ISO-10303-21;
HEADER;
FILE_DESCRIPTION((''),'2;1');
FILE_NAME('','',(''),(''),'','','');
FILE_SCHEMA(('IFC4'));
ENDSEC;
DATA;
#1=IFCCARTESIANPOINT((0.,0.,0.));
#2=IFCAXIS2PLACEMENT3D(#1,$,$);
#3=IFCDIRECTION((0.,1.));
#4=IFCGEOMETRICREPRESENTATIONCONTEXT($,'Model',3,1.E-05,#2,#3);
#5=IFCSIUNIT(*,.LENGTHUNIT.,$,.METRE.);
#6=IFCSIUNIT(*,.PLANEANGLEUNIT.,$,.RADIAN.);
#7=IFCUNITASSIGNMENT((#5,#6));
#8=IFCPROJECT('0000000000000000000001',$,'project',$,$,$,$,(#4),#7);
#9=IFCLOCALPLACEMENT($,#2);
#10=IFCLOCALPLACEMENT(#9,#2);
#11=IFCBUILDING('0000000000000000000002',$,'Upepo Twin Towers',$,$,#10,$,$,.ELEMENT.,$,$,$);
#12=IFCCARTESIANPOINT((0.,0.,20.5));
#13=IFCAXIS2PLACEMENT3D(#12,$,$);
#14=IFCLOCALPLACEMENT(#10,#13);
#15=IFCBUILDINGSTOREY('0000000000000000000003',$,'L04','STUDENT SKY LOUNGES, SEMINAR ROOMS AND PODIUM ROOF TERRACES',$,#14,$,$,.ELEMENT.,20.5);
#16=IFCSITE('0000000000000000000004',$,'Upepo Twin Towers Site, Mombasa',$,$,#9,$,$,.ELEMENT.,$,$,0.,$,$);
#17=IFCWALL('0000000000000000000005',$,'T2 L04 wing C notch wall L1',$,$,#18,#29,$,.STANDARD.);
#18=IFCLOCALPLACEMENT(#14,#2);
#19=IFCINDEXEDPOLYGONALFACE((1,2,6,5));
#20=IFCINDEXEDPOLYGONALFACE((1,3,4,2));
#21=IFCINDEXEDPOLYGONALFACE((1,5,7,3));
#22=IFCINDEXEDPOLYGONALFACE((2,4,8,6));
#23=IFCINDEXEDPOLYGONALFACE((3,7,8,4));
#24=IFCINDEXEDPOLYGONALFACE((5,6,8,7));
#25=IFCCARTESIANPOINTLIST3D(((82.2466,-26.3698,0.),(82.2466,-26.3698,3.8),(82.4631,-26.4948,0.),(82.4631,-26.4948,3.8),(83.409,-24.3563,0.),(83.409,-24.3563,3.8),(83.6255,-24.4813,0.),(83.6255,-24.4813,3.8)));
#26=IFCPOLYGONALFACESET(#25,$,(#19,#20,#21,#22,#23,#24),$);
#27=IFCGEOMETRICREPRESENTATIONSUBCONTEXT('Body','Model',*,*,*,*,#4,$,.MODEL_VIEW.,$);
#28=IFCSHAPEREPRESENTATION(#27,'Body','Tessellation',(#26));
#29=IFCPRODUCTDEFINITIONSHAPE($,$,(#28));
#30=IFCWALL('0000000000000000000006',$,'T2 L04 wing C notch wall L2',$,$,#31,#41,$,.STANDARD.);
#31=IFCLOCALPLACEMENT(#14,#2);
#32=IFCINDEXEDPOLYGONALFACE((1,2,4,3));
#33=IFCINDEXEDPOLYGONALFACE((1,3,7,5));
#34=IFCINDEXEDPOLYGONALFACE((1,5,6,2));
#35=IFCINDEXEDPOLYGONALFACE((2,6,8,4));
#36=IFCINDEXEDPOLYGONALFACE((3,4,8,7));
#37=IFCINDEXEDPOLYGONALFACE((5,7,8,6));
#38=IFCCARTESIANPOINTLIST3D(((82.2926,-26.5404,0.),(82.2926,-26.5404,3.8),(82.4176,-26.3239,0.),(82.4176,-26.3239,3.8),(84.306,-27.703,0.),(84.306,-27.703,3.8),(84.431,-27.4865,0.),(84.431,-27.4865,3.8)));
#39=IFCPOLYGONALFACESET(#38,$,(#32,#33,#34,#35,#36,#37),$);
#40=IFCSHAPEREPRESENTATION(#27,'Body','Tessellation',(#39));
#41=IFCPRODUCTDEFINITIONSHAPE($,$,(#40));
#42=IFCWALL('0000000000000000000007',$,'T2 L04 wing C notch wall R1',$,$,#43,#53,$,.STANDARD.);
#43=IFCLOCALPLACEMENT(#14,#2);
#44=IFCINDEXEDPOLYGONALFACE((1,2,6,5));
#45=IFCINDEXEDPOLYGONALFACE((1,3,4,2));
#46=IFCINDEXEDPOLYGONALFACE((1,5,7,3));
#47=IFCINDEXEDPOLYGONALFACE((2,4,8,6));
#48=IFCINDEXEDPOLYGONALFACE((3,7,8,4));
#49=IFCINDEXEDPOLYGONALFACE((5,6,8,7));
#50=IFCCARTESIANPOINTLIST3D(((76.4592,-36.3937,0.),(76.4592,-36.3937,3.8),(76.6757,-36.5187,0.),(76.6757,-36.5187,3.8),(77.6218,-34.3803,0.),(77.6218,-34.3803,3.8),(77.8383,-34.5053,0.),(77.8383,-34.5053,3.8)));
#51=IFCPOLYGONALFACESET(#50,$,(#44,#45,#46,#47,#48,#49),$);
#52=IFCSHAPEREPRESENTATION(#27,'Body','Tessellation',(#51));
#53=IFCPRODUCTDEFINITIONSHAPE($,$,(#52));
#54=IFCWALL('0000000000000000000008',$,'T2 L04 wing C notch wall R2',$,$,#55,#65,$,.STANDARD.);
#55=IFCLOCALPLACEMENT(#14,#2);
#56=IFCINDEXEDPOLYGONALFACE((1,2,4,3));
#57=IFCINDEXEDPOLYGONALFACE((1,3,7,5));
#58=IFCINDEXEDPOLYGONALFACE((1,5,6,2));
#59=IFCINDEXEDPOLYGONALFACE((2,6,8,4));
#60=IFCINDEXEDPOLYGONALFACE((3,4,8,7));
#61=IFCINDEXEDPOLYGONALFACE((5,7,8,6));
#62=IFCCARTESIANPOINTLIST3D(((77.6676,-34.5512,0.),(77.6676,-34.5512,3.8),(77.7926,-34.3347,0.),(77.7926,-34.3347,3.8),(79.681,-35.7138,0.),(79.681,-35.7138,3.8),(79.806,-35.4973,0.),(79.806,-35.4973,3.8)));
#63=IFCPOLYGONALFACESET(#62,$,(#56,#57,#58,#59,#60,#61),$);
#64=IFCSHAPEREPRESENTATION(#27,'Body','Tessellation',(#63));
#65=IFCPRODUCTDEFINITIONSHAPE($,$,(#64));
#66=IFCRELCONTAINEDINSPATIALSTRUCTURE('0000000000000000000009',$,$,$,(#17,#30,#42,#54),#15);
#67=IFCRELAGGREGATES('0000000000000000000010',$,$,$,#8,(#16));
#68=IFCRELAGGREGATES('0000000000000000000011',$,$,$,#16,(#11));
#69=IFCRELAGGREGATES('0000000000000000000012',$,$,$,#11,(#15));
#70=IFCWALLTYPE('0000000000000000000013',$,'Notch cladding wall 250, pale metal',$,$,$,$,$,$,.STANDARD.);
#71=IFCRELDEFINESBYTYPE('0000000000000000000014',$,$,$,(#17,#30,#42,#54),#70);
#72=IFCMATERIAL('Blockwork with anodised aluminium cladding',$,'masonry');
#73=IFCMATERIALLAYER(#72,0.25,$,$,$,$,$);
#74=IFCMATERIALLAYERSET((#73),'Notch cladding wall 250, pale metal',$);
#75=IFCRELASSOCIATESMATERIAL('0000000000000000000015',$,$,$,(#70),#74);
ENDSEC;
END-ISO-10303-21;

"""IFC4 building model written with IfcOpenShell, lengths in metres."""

from ifc_helpers import new_model, si_unit, direction, frame, frame_2d, origin, place, context, subcontext, project, spatial, rectangle, extrude, material, layer, layer_set, type_object, element, save


model = new_model("IFC4")

# Units and contexts
model_context = context("Model", 3, precision=1e-05, world=origin(), true_north=direction((0.0, 1.0)))
body_context = subcontext(model_context, "Body", "Model", "MODEL_VIEW")
ifc_project = project(units=[si_unit("LENGTHUNIT", "METRE"), si_unit("PLANEANGLEUNIT", "RADIAN")], contexts=[model_context])

# Site, building, storey
site_placement = place(None, origin())
site = spatial("IfcSite", under=ifc_project, at=site_placement, Name="Upepo Twin Towers Site, Mombasa", CompositionType="ELEMENT", RefElevation=0.0)
building_placement = place(site_placement, origin())
building = spatial("IfcBuilding", under=site, at=building_placement, Name="Upepo Twin Towers", CompositionType="ELEMENT")
storey_placement = place(building_placement, frame((0.0, 0.0, 20.5)))
storey = spatial("IfcBuildingStorey", under=building, at=storey_placement, Name="L04", Description="STUDENT SKY LOUNGES, SEMINAR ROOMS AND PODIUM ROOF TERRACES", CompositionType="ELEMENT", Elevation=20.5)

# Walls
ifc_material_1 = material(Name="Blockwork with anodised aluminium cladding", Category="masonry")
ifc_layer_1 = layer(ifc_material_1, 0.25)
ifc_layer_set_1 = layer_set([ifc_layer_1], Name="Notch cladding wall 250, pale metal")
wall_type_1 = type_object("IfcWallType", Name="Notch cladding wall 250, pale metal", PredefinedType="STANDARD", material=ifc_layer_set_1)
for number, where, z_axis, x_axis, name in (
    (1, (83.5173, -24.4187, 0.0), (0.0, 0.0, 1.0), (-0.499968, -0.866044, 0.0), "T2 L04 wing C notch wall L1"),
    (2, (82.355, -26.4321, 0.0), (0.0, 0.0, 1.0), (0.865998, -0.500047, 0.0), "T2 L04 wing C notch wall L2"),
    (3, (76.5674, -36.4563, 0.0), (0.0, 0.0, 1.0), (0.500047, 0.865998, 0.0), "T2 L04 wing C notch wall R1"),
    (4, (77.73, -34.4429, 0.0), (0.0, 0.0, 1.0), (0.865998, -0.500047, 0.0), "T2 L04 wing C notch wall R2"),
):
    element("IfcWall", number, at=place(storey_placement, frame(where, z_axis=z_axis, x_axis=x_axis)), inside=storey, type_object=wall_type_1, Name=name, PredefinedType="STANDARD", context=body_context, shape_type="SweptSolid", body=[
        extrude(rectangle(XDim=2.325, YDim=0.25, at=frame_2d((1.1626, 0.0))), origin(), (0.0, 0.0, 1.0), 3.8),
    ])

save(model, "model.ifc")
